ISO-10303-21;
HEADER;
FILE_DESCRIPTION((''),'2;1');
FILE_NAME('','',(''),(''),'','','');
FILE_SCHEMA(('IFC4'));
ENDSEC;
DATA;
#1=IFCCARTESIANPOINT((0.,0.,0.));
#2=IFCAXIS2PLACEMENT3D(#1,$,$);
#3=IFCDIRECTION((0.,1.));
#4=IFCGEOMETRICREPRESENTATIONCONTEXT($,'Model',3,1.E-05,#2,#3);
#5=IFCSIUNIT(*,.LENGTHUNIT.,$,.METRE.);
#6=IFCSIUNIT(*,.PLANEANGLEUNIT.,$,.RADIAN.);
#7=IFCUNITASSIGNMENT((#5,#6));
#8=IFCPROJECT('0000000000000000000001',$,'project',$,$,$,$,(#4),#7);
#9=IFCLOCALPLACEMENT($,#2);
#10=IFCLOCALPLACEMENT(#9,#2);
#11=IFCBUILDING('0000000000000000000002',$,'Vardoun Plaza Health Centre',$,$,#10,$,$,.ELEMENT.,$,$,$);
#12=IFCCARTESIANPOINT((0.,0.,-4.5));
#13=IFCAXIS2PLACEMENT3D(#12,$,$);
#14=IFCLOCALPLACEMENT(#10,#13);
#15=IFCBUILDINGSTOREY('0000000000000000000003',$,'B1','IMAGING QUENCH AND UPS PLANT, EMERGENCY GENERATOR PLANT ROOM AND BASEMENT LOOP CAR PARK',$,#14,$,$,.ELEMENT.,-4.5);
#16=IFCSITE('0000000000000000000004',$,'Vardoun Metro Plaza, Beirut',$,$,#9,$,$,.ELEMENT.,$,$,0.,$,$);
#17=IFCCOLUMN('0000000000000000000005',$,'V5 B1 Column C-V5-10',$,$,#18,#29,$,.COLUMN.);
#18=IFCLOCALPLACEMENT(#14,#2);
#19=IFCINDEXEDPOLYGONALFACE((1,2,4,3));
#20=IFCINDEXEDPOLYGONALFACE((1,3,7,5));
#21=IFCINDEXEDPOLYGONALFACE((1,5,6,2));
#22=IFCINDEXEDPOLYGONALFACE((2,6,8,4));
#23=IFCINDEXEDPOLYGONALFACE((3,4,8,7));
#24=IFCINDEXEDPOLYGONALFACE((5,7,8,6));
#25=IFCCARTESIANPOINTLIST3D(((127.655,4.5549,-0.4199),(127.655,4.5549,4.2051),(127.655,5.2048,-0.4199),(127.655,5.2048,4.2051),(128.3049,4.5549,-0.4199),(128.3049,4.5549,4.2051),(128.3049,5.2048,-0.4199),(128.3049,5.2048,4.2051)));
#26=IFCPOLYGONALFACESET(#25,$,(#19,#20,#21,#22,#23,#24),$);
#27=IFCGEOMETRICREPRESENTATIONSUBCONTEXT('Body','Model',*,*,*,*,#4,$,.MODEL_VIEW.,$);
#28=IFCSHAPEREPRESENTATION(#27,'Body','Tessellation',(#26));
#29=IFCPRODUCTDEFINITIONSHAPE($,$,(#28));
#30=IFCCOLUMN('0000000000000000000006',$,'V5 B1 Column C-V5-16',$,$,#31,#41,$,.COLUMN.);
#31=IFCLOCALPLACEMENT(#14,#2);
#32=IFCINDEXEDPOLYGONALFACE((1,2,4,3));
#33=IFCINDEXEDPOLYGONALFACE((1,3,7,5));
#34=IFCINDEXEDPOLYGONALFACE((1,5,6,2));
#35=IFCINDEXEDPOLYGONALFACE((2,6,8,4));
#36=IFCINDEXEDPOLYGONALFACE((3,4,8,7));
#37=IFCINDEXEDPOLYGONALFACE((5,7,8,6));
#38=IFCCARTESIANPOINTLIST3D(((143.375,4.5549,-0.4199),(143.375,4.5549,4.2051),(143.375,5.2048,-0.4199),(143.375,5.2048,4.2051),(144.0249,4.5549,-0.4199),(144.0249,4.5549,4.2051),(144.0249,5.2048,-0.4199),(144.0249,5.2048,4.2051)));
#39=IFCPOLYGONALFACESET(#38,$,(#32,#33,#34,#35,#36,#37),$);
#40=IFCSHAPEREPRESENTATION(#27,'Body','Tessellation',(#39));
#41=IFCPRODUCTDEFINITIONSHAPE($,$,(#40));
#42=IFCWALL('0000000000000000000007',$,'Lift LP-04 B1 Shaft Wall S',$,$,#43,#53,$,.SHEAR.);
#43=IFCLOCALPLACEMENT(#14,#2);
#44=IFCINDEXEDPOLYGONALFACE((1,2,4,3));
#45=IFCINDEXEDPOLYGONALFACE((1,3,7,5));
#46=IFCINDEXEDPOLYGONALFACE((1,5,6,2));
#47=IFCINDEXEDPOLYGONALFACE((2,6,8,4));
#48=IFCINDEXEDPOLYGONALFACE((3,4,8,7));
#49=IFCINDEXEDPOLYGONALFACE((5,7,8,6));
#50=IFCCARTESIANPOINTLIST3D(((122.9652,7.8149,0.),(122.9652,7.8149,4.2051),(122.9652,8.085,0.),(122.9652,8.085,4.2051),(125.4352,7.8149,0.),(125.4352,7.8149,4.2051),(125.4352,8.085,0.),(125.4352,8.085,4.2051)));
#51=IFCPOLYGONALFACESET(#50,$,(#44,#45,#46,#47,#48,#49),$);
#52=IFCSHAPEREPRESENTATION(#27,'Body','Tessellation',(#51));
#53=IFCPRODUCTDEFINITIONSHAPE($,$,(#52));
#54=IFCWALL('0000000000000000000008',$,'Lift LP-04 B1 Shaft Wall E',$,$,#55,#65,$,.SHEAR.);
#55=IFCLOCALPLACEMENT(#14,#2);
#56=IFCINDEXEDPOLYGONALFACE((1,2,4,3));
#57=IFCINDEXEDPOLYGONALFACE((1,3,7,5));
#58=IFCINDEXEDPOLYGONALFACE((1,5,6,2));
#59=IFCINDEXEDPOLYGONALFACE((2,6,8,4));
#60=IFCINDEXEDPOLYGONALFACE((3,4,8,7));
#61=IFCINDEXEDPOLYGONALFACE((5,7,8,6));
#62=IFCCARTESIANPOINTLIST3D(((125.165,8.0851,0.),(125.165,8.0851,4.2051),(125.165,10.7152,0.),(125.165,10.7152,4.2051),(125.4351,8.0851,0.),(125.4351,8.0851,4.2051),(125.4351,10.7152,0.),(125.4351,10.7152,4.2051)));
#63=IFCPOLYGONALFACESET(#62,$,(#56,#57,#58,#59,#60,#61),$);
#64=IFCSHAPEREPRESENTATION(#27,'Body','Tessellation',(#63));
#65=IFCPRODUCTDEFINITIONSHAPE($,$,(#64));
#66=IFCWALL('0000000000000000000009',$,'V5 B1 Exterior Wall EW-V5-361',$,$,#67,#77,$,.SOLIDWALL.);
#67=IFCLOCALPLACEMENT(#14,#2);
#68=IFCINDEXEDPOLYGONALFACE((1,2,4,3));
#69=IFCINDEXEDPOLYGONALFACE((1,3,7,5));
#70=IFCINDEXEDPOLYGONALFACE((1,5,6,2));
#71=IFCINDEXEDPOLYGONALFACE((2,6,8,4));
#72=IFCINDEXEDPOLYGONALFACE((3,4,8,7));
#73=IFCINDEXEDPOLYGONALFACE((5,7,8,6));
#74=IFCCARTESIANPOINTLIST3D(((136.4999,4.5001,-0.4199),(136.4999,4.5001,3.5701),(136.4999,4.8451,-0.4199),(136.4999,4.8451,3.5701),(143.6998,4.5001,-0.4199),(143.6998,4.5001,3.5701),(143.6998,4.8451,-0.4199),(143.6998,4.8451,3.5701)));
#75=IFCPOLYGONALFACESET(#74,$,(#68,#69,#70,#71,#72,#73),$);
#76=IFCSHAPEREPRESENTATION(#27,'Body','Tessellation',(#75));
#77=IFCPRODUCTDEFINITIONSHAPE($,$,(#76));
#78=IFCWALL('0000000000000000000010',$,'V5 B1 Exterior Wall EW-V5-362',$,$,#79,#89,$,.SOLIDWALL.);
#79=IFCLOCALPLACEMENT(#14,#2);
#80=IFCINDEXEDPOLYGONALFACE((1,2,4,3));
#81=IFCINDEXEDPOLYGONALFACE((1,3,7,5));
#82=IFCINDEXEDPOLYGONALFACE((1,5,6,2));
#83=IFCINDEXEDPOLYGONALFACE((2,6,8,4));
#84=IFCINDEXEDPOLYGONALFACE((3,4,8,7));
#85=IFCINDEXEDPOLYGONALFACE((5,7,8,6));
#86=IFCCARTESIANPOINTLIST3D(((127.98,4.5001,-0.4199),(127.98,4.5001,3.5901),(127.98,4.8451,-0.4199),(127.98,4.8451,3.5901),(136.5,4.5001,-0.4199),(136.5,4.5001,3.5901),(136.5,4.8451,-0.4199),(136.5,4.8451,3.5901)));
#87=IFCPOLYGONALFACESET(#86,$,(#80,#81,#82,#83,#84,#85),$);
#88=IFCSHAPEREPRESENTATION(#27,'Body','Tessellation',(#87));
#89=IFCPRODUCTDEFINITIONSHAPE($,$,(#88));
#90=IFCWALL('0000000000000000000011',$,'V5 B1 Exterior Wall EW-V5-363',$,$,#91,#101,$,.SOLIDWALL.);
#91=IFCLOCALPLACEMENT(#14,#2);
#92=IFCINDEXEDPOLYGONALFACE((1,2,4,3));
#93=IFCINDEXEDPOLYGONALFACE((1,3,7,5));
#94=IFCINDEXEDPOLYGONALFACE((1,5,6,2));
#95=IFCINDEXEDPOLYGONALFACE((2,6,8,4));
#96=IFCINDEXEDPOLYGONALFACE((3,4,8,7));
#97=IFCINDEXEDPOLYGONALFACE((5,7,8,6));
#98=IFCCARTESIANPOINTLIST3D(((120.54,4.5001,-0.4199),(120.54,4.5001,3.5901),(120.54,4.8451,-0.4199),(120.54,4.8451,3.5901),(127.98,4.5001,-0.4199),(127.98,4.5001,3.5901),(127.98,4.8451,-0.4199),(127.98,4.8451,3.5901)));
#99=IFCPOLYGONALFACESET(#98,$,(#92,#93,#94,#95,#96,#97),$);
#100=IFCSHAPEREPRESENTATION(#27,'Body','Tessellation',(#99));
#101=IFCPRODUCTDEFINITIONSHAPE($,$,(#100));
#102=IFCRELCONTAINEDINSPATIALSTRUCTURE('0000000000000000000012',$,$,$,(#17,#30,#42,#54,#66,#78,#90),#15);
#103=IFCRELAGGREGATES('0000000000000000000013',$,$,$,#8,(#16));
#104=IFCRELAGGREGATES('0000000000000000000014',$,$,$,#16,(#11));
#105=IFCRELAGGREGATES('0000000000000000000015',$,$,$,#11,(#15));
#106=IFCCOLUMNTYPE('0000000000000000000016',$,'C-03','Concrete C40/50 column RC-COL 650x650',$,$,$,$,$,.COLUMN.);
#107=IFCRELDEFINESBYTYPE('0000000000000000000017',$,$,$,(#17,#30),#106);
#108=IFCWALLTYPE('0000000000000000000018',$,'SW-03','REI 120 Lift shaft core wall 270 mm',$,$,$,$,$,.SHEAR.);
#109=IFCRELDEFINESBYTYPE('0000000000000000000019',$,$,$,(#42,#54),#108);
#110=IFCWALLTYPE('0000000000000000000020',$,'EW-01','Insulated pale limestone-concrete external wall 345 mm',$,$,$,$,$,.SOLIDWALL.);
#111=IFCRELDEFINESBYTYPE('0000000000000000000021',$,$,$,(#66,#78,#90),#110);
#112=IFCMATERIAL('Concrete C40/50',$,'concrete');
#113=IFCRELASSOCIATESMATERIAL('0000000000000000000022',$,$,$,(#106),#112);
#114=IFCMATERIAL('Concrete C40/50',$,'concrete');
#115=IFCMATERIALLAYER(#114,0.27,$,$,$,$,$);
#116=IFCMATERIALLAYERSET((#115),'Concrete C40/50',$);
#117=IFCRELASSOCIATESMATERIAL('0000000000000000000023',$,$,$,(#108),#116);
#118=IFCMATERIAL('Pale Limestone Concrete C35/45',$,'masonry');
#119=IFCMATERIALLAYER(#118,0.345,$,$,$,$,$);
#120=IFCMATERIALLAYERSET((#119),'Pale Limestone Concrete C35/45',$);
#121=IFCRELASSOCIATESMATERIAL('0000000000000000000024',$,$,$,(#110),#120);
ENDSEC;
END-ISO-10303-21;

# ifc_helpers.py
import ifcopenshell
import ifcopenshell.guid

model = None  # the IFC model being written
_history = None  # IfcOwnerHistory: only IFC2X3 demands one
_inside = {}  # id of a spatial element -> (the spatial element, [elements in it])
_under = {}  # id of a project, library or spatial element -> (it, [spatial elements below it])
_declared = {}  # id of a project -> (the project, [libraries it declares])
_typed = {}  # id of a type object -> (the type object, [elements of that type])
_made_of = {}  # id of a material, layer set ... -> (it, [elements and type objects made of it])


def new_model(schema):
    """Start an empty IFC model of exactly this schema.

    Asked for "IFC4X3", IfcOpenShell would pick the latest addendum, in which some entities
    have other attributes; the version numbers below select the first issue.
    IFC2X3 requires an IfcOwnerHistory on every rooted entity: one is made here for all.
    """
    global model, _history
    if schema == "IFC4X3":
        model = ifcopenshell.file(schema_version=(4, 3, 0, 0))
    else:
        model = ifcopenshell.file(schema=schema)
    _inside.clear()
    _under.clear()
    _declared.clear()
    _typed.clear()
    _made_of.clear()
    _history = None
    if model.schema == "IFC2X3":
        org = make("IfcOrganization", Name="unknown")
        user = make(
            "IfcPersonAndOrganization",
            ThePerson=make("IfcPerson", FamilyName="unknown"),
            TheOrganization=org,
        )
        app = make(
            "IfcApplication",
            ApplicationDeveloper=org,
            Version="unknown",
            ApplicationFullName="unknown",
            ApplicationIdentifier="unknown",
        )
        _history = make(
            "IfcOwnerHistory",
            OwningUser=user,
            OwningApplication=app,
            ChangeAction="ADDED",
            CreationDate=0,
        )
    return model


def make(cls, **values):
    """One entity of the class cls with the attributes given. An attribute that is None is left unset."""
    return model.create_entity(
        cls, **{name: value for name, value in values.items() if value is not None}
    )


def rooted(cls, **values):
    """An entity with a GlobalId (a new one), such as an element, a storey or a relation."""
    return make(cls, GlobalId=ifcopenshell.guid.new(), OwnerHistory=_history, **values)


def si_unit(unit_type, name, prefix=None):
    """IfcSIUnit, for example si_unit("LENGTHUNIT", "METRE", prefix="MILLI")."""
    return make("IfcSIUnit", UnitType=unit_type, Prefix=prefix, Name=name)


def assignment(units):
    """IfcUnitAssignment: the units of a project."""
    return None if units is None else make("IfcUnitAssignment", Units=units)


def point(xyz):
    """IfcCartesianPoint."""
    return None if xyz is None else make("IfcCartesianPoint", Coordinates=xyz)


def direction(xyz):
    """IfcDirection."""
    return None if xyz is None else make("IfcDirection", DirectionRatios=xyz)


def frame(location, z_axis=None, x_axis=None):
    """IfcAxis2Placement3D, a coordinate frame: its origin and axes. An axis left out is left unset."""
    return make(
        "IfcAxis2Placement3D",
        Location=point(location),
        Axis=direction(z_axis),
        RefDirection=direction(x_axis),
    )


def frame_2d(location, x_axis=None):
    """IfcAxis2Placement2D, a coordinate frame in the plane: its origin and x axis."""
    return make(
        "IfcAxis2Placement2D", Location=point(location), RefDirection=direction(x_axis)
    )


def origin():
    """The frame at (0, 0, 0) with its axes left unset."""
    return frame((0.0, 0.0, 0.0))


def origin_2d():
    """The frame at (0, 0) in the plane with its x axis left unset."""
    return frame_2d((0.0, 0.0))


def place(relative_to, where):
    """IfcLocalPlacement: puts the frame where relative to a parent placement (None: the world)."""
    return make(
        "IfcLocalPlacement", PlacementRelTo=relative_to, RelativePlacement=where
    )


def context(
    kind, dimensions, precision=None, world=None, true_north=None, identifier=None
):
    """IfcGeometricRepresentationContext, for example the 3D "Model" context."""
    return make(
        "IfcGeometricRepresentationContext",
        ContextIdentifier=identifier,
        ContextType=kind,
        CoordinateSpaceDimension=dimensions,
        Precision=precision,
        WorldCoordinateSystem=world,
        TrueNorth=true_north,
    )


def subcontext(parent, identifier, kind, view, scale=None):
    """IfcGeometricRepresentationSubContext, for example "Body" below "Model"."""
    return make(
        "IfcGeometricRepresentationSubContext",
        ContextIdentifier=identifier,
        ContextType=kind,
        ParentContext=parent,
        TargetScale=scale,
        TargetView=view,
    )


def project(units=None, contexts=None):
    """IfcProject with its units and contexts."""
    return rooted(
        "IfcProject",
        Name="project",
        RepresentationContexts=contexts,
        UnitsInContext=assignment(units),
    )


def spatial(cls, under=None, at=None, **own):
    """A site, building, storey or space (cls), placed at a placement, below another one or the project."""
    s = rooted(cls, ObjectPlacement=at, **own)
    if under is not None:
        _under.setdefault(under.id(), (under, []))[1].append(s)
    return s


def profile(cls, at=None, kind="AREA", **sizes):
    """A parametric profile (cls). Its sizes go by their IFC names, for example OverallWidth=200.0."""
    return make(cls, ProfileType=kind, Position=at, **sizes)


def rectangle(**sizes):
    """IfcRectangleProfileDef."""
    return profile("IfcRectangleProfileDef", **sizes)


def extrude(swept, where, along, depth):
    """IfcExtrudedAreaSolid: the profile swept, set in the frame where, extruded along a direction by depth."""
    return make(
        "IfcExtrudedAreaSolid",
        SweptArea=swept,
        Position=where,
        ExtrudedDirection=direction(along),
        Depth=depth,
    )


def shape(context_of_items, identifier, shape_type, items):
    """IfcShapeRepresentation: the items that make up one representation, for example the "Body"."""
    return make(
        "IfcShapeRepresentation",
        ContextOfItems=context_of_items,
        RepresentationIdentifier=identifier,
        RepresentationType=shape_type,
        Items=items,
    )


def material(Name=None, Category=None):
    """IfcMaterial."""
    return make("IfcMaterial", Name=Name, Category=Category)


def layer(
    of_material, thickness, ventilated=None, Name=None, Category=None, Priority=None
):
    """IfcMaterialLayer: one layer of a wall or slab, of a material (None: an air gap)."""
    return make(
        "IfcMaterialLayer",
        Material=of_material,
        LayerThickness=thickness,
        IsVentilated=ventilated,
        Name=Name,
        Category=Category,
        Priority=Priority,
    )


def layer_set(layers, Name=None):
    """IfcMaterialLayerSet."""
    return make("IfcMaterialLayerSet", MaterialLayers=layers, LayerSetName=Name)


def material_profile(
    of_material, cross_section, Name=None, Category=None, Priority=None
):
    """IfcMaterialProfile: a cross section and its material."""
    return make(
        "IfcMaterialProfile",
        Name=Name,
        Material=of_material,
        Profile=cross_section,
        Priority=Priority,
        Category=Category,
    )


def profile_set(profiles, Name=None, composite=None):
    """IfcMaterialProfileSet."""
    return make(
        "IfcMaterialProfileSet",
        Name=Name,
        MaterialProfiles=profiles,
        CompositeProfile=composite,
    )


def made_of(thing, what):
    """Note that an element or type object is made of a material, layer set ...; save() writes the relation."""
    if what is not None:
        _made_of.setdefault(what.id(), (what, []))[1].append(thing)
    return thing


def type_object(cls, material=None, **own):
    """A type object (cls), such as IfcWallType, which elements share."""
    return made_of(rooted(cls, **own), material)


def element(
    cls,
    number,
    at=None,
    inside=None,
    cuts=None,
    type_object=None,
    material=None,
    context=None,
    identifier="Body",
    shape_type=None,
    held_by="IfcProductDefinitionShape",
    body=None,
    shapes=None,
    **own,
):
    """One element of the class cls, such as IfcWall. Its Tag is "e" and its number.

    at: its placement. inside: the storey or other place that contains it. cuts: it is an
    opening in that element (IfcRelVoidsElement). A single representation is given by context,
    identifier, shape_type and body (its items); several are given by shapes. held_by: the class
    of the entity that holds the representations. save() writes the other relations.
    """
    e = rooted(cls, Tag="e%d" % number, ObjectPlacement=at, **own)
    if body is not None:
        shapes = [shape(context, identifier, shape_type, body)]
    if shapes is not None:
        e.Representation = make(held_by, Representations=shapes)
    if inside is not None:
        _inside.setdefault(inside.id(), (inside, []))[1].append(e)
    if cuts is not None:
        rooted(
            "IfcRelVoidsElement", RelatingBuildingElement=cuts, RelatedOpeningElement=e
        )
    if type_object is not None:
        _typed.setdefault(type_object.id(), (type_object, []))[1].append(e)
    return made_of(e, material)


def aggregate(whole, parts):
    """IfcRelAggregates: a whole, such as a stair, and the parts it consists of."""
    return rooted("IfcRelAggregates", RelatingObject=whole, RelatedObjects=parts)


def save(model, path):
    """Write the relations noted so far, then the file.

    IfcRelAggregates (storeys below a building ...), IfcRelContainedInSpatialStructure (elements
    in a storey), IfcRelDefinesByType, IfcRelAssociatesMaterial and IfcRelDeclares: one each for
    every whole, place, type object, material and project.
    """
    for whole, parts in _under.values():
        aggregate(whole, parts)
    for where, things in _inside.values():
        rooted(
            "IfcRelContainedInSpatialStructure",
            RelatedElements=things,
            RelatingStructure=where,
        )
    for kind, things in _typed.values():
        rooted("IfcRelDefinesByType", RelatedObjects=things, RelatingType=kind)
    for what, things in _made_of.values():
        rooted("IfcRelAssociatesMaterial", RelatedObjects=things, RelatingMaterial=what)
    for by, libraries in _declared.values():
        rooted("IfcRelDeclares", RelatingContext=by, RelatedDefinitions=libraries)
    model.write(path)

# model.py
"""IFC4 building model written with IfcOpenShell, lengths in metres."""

from ifc_helpers import new_model, si_unit, direction, frame, frame_2d, origin, origin_2d, place, context, subcontext, project, spatial, rectangle, extrude, material, layer, layer_set, material_profile, profile_set, type_object, element, save


model = new_model("IFC4")

# Units and contexts
model_context = context("Model", 3, precision=1e-05, world=origin(), true_north=direction((0.0, 1.0)))
body_context = subcontext(model_context, "Body", "Model", "MODEL_VIEW")
ifc_project = project(units=[si_unit("LENGTHUNIT", "METRE"), si_unit("PLANEANGLEUNIT", "RADIAN")], contexts=[model_context])

# Site, building, storey
site_placement = place(None, origin())
site = spatial("IfcSite", under=ifc_project, at=site_placement, Name="Vardoun Metro Plaza, Beirut", CompositionType="ELEMENT", RefElevation=0.0)
building_placement = place(site_placement, origin())
building = spatial("IfcBuilding", under=site, at=building_placement, Name="Vardoun Plaza Health Centre", CompositionType="ELEMENT")
storey_placement = place(building_placement, frame((0.0, 0.0, -4.5)))
storey = spatial("IfcBuildingStorey", under=building, at=storey_placement, Name="B1", Description="IMAGING QUENCH AND UPS PLANT, EMERGENCY GENERATOR PLANT ROOM AND BASEMENT LOOP CAR PARK", CompositionType="ELEMENT", Elevation=-4.5)

# Columns
ifc_material_1 = material(Name="Concrete C40/50", Category="concrete")
ifc_material_profile_1 = material_profile(ifc_material_1, rectangle(XDim=0.6499, YDim=0.6499, at=origin_2d()), Name="RC-COL 650x650")
ifc_profile_set_1 = profile_set([ifc_material_profile_1], Name="Concrete C40/50")
column_type_1 = type_object("IfcColumnType", Name="C-03", Description="Concrete C40/50 column RC-COL 650x650", PredefinedType="COLUMN", material=ifc_profile_set_1)
for number, where, z_axis, x_axis, name in (
    (1, (127.98, 4.8799, -0.4199), (0.0, 0.0, 1.0), (1.0, 0.0, 0.0), "V5 B1 Column C-V5-10"),
    (2, (143.7, 4.8799, -0.4199), (0.0, 0.0, 1.0), (1.0, 0.0, 0.0), "V5 B1 Column C-V5-16"),
):
    element("IfcColumn", number, at=place(storey_placement, frame(where, z_axis=z_axis, x_axis=x_axis)), inside=storey, type_object=column_type_1, Name=name, PredefinedType="COLUMN", context=body_context, shape_type="SweptSolid", body=[
        extrude(rectangle(XDim=0.6499, YDim=0.6499, at=origin_2d()), origin(), (0.0, 0.0, 1.0), 4.625),
    ])

# Walls
ifc_material_2 = material(Name="Concrete C40/50", Category="concrete")
ifc_layer_1 = layer(ifc_material_2, 0.27)
ifc_layer_set_1 = layer_set([ifc_layer_1], Name="Concrete C40/50")
wall_type_1 = type_object("IfcWallType", Name="SW-03", Description="REI 120 Lift shaft core wall 270 mm", PredefinedType="SHEAR", material=ifc_layer_set_1)
wall_1_placement = place(storey_placement, frame((125.4351, 7.95, 0.0), z_axis=(0.0, 0.0, 1.0), x_axis=(-1.0, 0.0, 0.0)))
element("IfcWall", 3, at=wall_1_placement, inside=storey, type_object=wall_type_1, Name="Lift LP-04 B1 Shaft Wall S", PredefinedType="SHEAR", context=body_context, shape_type="SweptSolid", body=[
    extrude(rectangle(XDim=2.47, YDim=0.27, at=frame_2d((1.2349, 0.0))), origin(), (0.0, 0.0, 1.0), 4.2051),
])
wall_2_placement = place(storey_placement, frame((125.3, 10.7151, 0.0), z_axis=(0.0, 0.0, 1.0), x_axis=(0.0, -1.0, 0.0)))
element("IfcWall", 4, at=wall_2_placement, inside=storey, type_object=wall_type_1, Name="Lift LP-04 B1 Shaft Wall E", PredefinedType="SHEAR", context=body_context, shape_type="SweptSolid", body=[
    extrude(rectangle(XDim=2.6301, YDim=0.27, at=frame_2d((1.3149, 0.0))), origin(), (0.0, 0.0, 1.0), 4.2051),
])
ifc_material_3 = material(Name="Pale Limestone Concrete C35/45", Category="masonry")
ifc_layer_2 = layer(ifc_material_3, 0.345)
ifc_layer_set_2 = layer_set([ifc_layer_2], Name="Pale Limestone Concrete C35/45")
wall_type_2 = type_object("IfcWallType", Name="EW-01", Description="Insulated pale limestone-concrete external wall 345 mm", PredefinedType="SOLIDWALL", material=ifc_layer_set_2)
wall_3_placement = place(storey_placement, frame((143.7, 4.6726, -0.4199), z_axis=(0.0, 0.0, 1.0), x_axis=(-1.0, 0.0, 0.0)))
element("IfcWall", 5, at=wall_3_placement, inside=storey, type_object=wall_type_2, Name="V5 B1 Exterior Wall EW-V5-361", PredefinedType="SOLIDWALL", context=body_context, shape_type="SweptSolid", body=[
    extrude(rectangle(XDim=7.2, YDim=0.345, at=frame_2d((3.6001, 0.0))), origin(), (0.0, 0.0, 1.0), 3.99),
])
wall_4_placement = place(storey_placement, frame((136.5, 4.6726, -0.4199), z_axis=(0.0, 0.0, 1.0), x_axis=(-1.0, 0.0, 0.0)))
element("IfcWall", 6, at=wall_4_placement, inside=storey, type_object=wall_type_2, Name="V5 B1 Exterior Wall EW-V5-362", PredefinedType="SOLIDWALL", context=body_context, shape_type="SweptSolid", body=[
    extrude(rectangle(XDim=8.52, YDim=0.345, at=frame_2d((4.26, 0.0))), origin(), (0.0, 0.0, 1.0), 4.01),
])
wall_5_placement = place(storey_placement, frame((127.98, 4.6726, -0.4199), z_axis=(0.0, 0.0, 1.0), x_axis=(-1.0, 0.0, 0.0)))
element("IfcWall", 7, at=wall_5_placement, inside=storey, type_object=wall_type_2, Name="V5 B1 Exterior Wall EW-V5-363", PredefinedType="SOLIDWALL", context=body_context, shape_type="SweptSolid", body=[
    extrude(rectangle(XDim=7.4399, YDim=0.345, at=frame_2d((3.72, 0.0))), origin(), (0.0, 0.0, 1.0), 4.01),
])

save(model, "model.ifc")
